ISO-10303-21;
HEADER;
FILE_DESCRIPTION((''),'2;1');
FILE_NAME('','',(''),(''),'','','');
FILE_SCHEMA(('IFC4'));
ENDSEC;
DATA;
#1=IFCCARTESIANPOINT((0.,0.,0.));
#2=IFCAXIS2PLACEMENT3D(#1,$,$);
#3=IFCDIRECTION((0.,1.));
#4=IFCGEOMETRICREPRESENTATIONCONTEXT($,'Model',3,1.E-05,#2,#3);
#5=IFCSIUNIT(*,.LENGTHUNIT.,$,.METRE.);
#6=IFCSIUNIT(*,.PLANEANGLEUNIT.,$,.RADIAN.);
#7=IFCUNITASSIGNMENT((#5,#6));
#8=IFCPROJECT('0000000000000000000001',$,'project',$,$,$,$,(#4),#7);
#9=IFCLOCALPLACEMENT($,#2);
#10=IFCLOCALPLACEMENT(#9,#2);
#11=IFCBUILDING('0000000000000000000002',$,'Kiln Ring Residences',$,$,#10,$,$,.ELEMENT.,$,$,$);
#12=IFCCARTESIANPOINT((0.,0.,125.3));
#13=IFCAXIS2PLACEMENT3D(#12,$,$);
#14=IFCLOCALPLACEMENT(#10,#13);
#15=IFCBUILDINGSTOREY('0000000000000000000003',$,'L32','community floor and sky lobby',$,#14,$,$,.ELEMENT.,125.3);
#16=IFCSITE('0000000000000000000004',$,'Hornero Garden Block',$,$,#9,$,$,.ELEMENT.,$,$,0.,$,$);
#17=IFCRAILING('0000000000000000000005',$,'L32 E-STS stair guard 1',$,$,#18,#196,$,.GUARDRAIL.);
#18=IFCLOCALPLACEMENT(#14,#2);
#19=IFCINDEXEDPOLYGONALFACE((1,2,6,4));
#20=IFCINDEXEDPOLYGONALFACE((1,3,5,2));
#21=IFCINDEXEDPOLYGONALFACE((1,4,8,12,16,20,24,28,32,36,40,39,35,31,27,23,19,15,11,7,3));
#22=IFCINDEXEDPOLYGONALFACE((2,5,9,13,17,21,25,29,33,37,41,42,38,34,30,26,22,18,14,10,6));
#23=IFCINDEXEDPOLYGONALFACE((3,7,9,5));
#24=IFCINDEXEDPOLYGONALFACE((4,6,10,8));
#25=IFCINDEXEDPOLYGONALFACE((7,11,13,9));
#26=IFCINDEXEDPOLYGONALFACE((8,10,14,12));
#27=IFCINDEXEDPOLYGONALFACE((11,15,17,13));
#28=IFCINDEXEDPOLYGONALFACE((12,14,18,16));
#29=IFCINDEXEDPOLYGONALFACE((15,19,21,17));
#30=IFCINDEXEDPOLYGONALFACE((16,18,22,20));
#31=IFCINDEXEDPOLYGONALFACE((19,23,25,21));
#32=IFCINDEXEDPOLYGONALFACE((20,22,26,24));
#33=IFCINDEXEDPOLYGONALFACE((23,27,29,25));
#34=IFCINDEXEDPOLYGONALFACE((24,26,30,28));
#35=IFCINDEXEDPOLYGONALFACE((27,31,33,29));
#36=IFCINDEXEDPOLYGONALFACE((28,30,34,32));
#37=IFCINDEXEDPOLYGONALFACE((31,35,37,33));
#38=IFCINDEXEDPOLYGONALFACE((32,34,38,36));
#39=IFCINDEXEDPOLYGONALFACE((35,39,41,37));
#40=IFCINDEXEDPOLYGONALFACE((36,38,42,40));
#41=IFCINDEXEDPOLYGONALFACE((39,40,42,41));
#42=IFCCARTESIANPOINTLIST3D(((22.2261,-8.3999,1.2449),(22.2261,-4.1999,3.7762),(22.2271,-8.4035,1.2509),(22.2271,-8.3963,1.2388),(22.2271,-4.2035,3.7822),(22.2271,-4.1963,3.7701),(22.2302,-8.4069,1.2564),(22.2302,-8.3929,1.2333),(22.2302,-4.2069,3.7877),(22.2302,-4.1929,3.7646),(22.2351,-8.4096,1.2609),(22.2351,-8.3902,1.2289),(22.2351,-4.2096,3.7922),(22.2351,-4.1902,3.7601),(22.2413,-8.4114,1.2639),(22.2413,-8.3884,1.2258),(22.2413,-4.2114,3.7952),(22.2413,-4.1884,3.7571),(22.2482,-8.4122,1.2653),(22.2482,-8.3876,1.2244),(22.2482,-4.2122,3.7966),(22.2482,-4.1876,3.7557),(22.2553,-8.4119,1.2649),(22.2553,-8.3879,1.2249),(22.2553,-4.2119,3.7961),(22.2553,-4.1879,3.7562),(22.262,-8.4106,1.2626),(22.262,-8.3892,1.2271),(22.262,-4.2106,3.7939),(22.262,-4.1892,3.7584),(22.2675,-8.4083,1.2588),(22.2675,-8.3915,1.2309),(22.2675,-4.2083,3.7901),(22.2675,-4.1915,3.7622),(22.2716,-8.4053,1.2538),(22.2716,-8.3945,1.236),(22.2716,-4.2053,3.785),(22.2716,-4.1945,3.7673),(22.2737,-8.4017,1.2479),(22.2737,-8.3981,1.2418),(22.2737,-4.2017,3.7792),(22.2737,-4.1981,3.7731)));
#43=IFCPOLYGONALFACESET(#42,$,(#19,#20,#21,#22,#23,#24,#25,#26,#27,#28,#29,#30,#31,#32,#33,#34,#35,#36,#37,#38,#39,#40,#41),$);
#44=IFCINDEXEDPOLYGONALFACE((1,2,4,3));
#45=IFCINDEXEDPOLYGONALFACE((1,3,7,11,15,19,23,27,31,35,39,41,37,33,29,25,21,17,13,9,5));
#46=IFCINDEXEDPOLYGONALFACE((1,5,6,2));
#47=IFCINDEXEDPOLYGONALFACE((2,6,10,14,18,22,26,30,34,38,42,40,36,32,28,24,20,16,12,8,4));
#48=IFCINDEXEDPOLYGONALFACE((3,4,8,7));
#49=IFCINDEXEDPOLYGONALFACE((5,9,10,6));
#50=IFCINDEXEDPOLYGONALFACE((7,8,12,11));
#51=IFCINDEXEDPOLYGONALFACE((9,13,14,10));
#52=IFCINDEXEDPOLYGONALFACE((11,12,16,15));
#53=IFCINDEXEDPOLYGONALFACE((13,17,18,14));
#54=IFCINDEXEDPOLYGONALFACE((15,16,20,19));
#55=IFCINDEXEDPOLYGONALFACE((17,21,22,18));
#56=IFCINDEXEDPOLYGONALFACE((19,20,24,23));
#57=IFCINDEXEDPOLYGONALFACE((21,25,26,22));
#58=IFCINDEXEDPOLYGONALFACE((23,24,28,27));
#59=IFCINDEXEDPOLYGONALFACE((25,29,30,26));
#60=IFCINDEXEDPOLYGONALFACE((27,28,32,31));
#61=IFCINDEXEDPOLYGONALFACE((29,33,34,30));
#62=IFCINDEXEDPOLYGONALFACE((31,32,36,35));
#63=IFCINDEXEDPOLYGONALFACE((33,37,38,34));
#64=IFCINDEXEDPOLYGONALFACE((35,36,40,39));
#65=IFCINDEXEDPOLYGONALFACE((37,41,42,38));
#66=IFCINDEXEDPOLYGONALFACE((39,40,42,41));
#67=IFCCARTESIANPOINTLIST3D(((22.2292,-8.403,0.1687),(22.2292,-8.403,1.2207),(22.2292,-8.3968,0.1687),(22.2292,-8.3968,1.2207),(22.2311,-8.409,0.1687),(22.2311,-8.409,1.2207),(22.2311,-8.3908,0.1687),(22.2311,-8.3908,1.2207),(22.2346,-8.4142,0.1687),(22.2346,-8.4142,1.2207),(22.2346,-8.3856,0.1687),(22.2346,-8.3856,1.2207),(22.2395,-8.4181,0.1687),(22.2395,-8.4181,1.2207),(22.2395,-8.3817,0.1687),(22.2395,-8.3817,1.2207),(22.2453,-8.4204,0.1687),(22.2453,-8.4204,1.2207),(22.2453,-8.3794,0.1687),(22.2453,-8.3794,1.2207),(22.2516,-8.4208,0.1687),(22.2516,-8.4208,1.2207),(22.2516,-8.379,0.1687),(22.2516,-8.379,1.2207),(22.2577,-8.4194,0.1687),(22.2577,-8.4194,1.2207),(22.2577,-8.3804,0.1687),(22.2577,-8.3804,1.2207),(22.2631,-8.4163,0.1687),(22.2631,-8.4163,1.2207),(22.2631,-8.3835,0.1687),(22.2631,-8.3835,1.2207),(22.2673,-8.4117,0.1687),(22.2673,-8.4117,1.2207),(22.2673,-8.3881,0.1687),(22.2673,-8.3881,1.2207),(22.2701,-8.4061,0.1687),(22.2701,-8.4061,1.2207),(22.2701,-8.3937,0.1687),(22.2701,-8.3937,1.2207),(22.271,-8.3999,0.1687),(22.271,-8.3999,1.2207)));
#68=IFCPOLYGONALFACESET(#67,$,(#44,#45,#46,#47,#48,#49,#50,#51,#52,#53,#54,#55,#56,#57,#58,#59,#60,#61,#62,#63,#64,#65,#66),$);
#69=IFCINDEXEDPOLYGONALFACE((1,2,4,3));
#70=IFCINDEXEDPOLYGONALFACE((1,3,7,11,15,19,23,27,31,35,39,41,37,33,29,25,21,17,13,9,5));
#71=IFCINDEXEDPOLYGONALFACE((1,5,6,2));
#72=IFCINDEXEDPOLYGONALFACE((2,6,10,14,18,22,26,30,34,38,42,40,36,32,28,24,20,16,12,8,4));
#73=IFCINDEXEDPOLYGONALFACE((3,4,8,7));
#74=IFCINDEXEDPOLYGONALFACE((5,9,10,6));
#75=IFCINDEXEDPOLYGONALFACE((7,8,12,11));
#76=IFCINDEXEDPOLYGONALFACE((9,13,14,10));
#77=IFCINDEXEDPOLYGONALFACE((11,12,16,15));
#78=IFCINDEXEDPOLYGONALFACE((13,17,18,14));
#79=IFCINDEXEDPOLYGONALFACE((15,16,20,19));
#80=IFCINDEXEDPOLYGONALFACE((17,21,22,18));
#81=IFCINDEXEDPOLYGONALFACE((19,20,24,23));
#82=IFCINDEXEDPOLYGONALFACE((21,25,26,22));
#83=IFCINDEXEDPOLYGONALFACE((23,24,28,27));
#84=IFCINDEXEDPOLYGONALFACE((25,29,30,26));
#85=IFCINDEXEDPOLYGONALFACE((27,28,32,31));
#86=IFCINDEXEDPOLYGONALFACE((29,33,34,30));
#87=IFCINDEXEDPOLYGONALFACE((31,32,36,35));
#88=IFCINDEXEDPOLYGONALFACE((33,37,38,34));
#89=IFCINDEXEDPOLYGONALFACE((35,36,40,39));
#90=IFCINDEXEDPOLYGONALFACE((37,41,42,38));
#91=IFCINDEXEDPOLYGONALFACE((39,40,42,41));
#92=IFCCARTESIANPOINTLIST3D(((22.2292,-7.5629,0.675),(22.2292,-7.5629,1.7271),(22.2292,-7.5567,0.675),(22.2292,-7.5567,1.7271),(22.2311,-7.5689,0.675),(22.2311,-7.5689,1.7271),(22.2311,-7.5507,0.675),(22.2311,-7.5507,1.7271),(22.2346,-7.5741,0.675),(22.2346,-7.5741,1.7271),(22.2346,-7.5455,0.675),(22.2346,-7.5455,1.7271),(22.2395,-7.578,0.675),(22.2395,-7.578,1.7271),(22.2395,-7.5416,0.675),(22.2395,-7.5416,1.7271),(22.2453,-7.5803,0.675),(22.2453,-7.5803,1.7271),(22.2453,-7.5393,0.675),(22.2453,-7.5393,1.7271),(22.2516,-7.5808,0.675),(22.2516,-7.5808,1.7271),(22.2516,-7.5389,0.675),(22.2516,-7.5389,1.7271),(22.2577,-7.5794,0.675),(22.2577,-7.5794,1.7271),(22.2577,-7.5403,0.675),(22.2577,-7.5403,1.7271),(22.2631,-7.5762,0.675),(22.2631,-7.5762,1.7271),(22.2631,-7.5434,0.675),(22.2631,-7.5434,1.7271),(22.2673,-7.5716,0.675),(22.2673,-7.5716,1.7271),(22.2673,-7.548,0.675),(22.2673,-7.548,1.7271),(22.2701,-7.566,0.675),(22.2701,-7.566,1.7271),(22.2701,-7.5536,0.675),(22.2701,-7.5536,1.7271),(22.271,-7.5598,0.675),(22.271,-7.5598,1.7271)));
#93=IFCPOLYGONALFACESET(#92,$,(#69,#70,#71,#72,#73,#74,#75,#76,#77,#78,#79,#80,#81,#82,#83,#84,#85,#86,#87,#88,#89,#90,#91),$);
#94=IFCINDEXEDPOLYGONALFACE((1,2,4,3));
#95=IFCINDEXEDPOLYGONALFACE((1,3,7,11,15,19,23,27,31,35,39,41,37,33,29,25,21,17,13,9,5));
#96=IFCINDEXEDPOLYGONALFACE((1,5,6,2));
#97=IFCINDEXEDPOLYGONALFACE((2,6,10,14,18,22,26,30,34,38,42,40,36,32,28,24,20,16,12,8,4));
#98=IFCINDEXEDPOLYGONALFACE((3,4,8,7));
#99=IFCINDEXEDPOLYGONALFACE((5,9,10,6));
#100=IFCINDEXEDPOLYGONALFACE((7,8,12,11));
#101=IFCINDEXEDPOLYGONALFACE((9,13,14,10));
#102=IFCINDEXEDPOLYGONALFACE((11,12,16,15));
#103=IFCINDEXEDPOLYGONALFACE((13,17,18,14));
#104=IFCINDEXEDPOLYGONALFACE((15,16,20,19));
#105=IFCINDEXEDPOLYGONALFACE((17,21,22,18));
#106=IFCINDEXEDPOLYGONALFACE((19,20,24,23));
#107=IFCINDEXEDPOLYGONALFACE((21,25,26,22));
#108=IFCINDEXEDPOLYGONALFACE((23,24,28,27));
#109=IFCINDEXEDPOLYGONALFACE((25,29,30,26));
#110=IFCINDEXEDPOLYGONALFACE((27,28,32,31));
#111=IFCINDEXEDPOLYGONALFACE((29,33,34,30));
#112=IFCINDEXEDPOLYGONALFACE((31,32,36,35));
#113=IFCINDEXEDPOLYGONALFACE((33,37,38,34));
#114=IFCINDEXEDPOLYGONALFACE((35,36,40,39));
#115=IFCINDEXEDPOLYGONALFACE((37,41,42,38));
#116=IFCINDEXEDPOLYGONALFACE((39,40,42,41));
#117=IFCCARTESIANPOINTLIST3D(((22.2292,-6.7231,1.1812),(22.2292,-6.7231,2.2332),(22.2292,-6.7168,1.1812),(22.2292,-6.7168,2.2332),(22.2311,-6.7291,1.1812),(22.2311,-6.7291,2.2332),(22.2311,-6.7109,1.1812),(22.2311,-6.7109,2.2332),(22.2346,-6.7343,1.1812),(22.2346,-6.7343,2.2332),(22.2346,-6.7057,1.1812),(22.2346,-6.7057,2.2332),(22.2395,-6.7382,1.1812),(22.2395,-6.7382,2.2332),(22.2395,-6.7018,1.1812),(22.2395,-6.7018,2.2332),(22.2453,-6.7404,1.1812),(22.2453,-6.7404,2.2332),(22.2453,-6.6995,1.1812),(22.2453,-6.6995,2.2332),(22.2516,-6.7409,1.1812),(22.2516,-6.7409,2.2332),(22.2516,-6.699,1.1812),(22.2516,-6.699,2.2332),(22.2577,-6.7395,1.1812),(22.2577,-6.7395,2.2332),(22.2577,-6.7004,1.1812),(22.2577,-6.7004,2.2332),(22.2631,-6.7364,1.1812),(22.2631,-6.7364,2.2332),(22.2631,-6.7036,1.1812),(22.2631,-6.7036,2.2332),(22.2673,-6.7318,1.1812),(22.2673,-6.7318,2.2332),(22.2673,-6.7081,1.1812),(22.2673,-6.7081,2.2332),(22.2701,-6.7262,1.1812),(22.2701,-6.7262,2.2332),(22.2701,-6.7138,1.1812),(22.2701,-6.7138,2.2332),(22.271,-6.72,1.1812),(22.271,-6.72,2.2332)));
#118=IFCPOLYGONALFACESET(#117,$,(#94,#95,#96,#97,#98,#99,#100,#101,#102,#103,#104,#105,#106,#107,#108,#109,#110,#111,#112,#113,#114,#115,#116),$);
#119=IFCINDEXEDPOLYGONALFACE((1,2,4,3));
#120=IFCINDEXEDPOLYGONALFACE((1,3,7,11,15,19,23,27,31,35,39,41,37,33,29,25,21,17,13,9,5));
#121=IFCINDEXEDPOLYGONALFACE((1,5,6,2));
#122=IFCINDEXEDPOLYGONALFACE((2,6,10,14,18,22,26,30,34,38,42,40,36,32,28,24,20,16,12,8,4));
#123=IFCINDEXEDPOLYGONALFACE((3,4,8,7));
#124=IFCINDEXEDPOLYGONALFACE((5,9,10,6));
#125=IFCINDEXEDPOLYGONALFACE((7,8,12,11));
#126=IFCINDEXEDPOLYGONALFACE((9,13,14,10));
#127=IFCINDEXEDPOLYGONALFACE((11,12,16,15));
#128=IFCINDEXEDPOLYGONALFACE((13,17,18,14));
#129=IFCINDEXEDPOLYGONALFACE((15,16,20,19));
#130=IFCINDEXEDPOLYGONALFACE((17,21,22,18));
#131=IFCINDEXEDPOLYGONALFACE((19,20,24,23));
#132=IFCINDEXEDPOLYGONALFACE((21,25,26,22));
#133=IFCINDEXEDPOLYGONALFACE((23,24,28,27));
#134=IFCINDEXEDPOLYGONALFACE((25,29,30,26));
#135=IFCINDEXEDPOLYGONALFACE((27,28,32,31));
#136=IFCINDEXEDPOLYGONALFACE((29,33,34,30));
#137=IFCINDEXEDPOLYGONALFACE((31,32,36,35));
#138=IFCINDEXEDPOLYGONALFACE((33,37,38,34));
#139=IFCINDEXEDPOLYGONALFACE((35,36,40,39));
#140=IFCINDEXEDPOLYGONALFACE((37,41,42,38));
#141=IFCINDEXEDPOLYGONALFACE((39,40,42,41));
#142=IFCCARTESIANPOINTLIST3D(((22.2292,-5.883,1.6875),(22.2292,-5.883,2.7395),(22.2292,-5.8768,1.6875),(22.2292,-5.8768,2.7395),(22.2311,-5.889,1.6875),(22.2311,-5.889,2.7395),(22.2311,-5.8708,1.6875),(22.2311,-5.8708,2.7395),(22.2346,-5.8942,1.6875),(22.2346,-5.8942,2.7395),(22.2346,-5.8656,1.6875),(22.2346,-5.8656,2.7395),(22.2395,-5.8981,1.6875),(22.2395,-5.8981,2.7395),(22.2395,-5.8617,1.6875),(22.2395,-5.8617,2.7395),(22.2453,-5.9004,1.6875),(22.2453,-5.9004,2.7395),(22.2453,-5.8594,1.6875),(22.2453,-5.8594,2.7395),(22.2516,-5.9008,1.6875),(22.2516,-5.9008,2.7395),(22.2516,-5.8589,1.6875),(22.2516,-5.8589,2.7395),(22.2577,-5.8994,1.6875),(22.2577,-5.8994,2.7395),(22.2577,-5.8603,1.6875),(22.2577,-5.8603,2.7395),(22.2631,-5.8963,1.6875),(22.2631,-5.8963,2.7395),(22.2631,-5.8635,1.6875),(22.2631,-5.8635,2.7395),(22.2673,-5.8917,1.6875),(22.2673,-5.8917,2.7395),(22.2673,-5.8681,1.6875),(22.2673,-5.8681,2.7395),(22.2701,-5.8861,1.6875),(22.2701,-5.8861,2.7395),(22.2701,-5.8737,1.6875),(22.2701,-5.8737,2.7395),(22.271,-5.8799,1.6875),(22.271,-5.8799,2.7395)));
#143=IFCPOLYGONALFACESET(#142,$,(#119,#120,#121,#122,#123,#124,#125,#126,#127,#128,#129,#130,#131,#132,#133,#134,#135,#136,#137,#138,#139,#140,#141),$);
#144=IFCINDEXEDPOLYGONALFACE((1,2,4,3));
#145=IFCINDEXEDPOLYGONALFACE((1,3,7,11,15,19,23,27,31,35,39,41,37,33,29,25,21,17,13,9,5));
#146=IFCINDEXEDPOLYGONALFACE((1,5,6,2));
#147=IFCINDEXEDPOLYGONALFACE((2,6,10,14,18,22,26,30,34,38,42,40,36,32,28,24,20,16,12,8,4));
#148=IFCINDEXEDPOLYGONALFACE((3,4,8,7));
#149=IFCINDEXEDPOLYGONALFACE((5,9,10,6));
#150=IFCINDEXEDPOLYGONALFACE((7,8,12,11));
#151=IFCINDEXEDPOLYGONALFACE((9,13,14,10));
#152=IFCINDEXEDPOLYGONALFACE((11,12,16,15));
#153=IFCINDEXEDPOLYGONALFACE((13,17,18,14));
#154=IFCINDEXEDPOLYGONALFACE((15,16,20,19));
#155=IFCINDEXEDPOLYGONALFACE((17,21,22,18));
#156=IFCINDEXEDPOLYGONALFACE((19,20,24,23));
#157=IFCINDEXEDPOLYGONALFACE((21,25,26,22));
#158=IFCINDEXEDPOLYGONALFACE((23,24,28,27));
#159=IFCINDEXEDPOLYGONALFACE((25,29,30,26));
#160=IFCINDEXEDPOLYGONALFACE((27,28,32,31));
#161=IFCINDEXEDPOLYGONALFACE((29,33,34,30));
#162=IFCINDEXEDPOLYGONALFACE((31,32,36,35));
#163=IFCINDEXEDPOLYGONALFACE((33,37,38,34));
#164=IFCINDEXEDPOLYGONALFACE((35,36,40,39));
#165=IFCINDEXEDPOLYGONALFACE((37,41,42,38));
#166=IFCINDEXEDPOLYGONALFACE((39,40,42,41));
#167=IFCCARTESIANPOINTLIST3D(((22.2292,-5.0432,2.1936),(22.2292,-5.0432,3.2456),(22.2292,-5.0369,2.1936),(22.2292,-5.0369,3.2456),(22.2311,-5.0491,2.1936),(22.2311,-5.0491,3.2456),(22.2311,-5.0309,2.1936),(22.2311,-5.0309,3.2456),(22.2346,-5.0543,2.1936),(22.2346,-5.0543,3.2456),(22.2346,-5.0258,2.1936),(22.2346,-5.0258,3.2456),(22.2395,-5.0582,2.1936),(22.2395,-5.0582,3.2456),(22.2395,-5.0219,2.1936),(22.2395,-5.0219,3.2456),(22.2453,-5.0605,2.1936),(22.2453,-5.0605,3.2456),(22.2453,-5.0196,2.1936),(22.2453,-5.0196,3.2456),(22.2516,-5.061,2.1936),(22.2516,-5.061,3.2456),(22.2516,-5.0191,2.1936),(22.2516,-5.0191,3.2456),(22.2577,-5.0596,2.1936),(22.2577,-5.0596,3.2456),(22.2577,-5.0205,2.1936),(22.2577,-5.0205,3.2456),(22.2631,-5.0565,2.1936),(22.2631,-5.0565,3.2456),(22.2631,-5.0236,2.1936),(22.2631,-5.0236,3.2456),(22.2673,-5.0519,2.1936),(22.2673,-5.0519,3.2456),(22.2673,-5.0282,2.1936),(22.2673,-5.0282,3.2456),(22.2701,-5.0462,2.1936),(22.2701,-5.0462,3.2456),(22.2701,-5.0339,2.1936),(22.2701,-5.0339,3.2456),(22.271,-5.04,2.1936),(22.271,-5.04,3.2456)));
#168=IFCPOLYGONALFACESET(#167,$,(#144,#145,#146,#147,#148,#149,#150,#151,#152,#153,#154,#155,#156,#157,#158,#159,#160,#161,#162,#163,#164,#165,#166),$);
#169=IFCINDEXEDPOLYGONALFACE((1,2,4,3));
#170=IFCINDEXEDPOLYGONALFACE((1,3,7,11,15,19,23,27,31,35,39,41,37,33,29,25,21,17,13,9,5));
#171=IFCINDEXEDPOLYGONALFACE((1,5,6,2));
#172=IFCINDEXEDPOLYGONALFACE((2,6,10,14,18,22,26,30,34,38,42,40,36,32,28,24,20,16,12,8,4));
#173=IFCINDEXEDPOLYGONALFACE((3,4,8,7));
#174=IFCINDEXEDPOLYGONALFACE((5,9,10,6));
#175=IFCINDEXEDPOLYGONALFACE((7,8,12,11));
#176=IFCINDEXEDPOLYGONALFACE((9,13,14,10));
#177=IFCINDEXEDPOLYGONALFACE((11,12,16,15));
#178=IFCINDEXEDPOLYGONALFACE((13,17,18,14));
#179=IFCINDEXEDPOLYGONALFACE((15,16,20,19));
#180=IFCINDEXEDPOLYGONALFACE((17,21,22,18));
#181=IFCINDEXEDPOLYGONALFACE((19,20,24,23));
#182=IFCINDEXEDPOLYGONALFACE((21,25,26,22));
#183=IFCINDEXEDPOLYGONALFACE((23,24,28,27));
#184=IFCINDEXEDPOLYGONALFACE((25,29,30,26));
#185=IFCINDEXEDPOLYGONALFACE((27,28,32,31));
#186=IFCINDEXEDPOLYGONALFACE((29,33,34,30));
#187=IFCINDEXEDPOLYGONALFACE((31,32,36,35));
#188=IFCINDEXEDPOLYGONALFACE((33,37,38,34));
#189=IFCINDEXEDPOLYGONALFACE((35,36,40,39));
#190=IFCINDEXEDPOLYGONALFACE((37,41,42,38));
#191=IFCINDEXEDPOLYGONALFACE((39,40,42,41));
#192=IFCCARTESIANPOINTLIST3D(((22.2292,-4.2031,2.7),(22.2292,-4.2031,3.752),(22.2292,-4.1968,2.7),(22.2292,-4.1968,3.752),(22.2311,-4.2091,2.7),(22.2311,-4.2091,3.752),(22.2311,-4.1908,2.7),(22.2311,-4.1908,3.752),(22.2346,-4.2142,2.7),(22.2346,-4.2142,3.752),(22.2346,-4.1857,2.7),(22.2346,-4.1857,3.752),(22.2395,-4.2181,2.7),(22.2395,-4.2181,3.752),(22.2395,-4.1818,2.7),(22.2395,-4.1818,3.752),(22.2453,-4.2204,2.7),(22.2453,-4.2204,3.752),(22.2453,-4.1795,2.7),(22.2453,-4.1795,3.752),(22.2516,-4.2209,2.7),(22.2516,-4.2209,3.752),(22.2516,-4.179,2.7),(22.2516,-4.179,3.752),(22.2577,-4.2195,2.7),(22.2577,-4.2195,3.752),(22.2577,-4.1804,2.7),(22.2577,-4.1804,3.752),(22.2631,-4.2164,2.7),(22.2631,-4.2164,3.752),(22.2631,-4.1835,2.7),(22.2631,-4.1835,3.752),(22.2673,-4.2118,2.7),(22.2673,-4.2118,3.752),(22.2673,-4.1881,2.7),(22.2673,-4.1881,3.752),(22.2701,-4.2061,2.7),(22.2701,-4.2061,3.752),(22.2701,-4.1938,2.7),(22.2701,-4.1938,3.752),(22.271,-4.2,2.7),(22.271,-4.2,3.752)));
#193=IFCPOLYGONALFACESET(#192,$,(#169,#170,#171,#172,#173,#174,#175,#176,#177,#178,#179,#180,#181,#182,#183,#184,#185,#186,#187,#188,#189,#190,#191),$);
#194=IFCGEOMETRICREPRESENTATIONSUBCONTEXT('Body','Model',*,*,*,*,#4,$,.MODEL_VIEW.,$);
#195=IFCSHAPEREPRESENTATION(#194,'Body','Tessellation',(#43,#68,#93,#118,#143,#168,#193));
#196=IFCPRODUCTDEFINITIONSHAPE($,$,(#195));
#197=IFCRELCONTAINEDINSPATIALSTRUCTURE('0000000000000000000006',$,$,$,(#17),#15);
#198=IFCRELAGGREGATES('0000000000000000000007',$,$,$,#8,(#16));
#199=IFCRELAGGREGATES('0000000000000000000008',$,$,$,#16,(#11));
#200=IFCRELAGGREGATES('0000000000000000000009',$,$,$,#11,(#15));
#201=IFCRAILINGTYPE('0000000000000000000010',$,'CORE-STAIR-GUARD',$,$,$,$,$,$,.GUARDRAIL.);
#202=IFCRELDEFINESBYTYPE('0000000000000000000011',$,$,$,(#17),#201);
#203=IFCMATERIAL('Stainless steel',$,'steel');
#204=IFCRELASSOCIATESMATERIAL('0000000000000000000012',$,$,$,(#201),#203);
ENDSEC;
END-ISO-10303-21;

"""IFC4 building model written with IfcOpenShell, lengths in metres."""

from ifc_helpers import new_model, si_unit, direction, frame, origin, origin_2d, place, context, subcontext, project, spatial, circle, extrude, material, type_object, element, save


model = new_model("IFC4")

# Units and contexts
model_context = context("Model", 3, precision=1e-05, world=origin(), true_north=direction((0.0, 1.0)))
body_context = subcontext(model_context, "Body", "Model", "MODEL_VIEW")
ifc_project = project(units=[si_unit("LENGTHUNIT", "METRE"), si_unit("PLANEANGLEUNIT", "RADIAN")], contexts=[model_context])

# Site, building, storey
site_placement = place(None, origin())
site = spatial("IfcSite", under=ifc_project, at=site_placement, Name="Hornero Garden Block", CompositionType="ELEMENT", RefElevation=0.0)
building_placement = place(site_placement, origin())
building = spatial("IfcBuilding", under=site, at=building_placement, Name="Kiln Ring Residences", CompositionType="ELEMENT")
storey_placement = place(building_placement, frame((0.0, 0.0, 125.3)))
storey = spatial("IfcBuildingStorey", under=building, at=storey_placement, Name="L32", Description="community floor and sky lobby", CompositionType="ELEMENT", Elevation=125.3)

# Railing
ifc_material_1 = material(Name="Stainless steel", Category="steel")
railing_type_1 = type_object("IfcRailingType", Name="CORE-STAIR-GUARD", PredefinedType="GUARDRAIL", material=ifc_material_1)
railing_1_placement = place(storey_placement, frame((22.25, -8.3999, 0.1687)))
element("IfcRailing", 1, at=railing_1_placement, inside=storey, type_object=railing_type_1, Name="L32 E-STS stair guard 1", PredefinedType="GUARDRAIL", context=body_context, shape_type="SweptSolid", body=[
    extrude(circle(Radius=0.0239, at=origin_2d()), frame((0.0, 0.0, 1.0762), z_axis=(0.0, 0.856476, 0.516186), x_axis=(-1.0, 0.0, 0.0)), (0.0, 0.0, 1.0), 4.9038),
    extrude(circle(Radius=0.021, at=origin_2d()), origin(), (0.0, 0.0, 1.0), 1.052),
    extrude(circle(Radius=0.021, at=origin_2d()), frame((0.0, 0.8401, 0.5063)), (0.0, 0.0, 1.0), 1.052),
    extrude(circle(Radius=0.021, at=origin_2d()), frame((0.0, 1.6799, 1.0125)), (0.0, 0.0, 1.0), 1.052),
    extrude(circle(Radius=0.021, at=origin_2d()), frame((0.0, 2.52, 1.5188)), (0.0, 0.0, 1.0), 1.052),
    extrude(circle(Radius=0.021, at=origin_2d()), frame((0.0, 3.3599, 2.0249)), (0.0, 0.0, 1.0), 1.052),
    extrude(circle(Radius=0.021, at=origin_2d()), frame((0.0, 4.2, 2.5312)), (0.0, 0.0, 1.0), 1.052),
])

save(model, "model.ifc")
